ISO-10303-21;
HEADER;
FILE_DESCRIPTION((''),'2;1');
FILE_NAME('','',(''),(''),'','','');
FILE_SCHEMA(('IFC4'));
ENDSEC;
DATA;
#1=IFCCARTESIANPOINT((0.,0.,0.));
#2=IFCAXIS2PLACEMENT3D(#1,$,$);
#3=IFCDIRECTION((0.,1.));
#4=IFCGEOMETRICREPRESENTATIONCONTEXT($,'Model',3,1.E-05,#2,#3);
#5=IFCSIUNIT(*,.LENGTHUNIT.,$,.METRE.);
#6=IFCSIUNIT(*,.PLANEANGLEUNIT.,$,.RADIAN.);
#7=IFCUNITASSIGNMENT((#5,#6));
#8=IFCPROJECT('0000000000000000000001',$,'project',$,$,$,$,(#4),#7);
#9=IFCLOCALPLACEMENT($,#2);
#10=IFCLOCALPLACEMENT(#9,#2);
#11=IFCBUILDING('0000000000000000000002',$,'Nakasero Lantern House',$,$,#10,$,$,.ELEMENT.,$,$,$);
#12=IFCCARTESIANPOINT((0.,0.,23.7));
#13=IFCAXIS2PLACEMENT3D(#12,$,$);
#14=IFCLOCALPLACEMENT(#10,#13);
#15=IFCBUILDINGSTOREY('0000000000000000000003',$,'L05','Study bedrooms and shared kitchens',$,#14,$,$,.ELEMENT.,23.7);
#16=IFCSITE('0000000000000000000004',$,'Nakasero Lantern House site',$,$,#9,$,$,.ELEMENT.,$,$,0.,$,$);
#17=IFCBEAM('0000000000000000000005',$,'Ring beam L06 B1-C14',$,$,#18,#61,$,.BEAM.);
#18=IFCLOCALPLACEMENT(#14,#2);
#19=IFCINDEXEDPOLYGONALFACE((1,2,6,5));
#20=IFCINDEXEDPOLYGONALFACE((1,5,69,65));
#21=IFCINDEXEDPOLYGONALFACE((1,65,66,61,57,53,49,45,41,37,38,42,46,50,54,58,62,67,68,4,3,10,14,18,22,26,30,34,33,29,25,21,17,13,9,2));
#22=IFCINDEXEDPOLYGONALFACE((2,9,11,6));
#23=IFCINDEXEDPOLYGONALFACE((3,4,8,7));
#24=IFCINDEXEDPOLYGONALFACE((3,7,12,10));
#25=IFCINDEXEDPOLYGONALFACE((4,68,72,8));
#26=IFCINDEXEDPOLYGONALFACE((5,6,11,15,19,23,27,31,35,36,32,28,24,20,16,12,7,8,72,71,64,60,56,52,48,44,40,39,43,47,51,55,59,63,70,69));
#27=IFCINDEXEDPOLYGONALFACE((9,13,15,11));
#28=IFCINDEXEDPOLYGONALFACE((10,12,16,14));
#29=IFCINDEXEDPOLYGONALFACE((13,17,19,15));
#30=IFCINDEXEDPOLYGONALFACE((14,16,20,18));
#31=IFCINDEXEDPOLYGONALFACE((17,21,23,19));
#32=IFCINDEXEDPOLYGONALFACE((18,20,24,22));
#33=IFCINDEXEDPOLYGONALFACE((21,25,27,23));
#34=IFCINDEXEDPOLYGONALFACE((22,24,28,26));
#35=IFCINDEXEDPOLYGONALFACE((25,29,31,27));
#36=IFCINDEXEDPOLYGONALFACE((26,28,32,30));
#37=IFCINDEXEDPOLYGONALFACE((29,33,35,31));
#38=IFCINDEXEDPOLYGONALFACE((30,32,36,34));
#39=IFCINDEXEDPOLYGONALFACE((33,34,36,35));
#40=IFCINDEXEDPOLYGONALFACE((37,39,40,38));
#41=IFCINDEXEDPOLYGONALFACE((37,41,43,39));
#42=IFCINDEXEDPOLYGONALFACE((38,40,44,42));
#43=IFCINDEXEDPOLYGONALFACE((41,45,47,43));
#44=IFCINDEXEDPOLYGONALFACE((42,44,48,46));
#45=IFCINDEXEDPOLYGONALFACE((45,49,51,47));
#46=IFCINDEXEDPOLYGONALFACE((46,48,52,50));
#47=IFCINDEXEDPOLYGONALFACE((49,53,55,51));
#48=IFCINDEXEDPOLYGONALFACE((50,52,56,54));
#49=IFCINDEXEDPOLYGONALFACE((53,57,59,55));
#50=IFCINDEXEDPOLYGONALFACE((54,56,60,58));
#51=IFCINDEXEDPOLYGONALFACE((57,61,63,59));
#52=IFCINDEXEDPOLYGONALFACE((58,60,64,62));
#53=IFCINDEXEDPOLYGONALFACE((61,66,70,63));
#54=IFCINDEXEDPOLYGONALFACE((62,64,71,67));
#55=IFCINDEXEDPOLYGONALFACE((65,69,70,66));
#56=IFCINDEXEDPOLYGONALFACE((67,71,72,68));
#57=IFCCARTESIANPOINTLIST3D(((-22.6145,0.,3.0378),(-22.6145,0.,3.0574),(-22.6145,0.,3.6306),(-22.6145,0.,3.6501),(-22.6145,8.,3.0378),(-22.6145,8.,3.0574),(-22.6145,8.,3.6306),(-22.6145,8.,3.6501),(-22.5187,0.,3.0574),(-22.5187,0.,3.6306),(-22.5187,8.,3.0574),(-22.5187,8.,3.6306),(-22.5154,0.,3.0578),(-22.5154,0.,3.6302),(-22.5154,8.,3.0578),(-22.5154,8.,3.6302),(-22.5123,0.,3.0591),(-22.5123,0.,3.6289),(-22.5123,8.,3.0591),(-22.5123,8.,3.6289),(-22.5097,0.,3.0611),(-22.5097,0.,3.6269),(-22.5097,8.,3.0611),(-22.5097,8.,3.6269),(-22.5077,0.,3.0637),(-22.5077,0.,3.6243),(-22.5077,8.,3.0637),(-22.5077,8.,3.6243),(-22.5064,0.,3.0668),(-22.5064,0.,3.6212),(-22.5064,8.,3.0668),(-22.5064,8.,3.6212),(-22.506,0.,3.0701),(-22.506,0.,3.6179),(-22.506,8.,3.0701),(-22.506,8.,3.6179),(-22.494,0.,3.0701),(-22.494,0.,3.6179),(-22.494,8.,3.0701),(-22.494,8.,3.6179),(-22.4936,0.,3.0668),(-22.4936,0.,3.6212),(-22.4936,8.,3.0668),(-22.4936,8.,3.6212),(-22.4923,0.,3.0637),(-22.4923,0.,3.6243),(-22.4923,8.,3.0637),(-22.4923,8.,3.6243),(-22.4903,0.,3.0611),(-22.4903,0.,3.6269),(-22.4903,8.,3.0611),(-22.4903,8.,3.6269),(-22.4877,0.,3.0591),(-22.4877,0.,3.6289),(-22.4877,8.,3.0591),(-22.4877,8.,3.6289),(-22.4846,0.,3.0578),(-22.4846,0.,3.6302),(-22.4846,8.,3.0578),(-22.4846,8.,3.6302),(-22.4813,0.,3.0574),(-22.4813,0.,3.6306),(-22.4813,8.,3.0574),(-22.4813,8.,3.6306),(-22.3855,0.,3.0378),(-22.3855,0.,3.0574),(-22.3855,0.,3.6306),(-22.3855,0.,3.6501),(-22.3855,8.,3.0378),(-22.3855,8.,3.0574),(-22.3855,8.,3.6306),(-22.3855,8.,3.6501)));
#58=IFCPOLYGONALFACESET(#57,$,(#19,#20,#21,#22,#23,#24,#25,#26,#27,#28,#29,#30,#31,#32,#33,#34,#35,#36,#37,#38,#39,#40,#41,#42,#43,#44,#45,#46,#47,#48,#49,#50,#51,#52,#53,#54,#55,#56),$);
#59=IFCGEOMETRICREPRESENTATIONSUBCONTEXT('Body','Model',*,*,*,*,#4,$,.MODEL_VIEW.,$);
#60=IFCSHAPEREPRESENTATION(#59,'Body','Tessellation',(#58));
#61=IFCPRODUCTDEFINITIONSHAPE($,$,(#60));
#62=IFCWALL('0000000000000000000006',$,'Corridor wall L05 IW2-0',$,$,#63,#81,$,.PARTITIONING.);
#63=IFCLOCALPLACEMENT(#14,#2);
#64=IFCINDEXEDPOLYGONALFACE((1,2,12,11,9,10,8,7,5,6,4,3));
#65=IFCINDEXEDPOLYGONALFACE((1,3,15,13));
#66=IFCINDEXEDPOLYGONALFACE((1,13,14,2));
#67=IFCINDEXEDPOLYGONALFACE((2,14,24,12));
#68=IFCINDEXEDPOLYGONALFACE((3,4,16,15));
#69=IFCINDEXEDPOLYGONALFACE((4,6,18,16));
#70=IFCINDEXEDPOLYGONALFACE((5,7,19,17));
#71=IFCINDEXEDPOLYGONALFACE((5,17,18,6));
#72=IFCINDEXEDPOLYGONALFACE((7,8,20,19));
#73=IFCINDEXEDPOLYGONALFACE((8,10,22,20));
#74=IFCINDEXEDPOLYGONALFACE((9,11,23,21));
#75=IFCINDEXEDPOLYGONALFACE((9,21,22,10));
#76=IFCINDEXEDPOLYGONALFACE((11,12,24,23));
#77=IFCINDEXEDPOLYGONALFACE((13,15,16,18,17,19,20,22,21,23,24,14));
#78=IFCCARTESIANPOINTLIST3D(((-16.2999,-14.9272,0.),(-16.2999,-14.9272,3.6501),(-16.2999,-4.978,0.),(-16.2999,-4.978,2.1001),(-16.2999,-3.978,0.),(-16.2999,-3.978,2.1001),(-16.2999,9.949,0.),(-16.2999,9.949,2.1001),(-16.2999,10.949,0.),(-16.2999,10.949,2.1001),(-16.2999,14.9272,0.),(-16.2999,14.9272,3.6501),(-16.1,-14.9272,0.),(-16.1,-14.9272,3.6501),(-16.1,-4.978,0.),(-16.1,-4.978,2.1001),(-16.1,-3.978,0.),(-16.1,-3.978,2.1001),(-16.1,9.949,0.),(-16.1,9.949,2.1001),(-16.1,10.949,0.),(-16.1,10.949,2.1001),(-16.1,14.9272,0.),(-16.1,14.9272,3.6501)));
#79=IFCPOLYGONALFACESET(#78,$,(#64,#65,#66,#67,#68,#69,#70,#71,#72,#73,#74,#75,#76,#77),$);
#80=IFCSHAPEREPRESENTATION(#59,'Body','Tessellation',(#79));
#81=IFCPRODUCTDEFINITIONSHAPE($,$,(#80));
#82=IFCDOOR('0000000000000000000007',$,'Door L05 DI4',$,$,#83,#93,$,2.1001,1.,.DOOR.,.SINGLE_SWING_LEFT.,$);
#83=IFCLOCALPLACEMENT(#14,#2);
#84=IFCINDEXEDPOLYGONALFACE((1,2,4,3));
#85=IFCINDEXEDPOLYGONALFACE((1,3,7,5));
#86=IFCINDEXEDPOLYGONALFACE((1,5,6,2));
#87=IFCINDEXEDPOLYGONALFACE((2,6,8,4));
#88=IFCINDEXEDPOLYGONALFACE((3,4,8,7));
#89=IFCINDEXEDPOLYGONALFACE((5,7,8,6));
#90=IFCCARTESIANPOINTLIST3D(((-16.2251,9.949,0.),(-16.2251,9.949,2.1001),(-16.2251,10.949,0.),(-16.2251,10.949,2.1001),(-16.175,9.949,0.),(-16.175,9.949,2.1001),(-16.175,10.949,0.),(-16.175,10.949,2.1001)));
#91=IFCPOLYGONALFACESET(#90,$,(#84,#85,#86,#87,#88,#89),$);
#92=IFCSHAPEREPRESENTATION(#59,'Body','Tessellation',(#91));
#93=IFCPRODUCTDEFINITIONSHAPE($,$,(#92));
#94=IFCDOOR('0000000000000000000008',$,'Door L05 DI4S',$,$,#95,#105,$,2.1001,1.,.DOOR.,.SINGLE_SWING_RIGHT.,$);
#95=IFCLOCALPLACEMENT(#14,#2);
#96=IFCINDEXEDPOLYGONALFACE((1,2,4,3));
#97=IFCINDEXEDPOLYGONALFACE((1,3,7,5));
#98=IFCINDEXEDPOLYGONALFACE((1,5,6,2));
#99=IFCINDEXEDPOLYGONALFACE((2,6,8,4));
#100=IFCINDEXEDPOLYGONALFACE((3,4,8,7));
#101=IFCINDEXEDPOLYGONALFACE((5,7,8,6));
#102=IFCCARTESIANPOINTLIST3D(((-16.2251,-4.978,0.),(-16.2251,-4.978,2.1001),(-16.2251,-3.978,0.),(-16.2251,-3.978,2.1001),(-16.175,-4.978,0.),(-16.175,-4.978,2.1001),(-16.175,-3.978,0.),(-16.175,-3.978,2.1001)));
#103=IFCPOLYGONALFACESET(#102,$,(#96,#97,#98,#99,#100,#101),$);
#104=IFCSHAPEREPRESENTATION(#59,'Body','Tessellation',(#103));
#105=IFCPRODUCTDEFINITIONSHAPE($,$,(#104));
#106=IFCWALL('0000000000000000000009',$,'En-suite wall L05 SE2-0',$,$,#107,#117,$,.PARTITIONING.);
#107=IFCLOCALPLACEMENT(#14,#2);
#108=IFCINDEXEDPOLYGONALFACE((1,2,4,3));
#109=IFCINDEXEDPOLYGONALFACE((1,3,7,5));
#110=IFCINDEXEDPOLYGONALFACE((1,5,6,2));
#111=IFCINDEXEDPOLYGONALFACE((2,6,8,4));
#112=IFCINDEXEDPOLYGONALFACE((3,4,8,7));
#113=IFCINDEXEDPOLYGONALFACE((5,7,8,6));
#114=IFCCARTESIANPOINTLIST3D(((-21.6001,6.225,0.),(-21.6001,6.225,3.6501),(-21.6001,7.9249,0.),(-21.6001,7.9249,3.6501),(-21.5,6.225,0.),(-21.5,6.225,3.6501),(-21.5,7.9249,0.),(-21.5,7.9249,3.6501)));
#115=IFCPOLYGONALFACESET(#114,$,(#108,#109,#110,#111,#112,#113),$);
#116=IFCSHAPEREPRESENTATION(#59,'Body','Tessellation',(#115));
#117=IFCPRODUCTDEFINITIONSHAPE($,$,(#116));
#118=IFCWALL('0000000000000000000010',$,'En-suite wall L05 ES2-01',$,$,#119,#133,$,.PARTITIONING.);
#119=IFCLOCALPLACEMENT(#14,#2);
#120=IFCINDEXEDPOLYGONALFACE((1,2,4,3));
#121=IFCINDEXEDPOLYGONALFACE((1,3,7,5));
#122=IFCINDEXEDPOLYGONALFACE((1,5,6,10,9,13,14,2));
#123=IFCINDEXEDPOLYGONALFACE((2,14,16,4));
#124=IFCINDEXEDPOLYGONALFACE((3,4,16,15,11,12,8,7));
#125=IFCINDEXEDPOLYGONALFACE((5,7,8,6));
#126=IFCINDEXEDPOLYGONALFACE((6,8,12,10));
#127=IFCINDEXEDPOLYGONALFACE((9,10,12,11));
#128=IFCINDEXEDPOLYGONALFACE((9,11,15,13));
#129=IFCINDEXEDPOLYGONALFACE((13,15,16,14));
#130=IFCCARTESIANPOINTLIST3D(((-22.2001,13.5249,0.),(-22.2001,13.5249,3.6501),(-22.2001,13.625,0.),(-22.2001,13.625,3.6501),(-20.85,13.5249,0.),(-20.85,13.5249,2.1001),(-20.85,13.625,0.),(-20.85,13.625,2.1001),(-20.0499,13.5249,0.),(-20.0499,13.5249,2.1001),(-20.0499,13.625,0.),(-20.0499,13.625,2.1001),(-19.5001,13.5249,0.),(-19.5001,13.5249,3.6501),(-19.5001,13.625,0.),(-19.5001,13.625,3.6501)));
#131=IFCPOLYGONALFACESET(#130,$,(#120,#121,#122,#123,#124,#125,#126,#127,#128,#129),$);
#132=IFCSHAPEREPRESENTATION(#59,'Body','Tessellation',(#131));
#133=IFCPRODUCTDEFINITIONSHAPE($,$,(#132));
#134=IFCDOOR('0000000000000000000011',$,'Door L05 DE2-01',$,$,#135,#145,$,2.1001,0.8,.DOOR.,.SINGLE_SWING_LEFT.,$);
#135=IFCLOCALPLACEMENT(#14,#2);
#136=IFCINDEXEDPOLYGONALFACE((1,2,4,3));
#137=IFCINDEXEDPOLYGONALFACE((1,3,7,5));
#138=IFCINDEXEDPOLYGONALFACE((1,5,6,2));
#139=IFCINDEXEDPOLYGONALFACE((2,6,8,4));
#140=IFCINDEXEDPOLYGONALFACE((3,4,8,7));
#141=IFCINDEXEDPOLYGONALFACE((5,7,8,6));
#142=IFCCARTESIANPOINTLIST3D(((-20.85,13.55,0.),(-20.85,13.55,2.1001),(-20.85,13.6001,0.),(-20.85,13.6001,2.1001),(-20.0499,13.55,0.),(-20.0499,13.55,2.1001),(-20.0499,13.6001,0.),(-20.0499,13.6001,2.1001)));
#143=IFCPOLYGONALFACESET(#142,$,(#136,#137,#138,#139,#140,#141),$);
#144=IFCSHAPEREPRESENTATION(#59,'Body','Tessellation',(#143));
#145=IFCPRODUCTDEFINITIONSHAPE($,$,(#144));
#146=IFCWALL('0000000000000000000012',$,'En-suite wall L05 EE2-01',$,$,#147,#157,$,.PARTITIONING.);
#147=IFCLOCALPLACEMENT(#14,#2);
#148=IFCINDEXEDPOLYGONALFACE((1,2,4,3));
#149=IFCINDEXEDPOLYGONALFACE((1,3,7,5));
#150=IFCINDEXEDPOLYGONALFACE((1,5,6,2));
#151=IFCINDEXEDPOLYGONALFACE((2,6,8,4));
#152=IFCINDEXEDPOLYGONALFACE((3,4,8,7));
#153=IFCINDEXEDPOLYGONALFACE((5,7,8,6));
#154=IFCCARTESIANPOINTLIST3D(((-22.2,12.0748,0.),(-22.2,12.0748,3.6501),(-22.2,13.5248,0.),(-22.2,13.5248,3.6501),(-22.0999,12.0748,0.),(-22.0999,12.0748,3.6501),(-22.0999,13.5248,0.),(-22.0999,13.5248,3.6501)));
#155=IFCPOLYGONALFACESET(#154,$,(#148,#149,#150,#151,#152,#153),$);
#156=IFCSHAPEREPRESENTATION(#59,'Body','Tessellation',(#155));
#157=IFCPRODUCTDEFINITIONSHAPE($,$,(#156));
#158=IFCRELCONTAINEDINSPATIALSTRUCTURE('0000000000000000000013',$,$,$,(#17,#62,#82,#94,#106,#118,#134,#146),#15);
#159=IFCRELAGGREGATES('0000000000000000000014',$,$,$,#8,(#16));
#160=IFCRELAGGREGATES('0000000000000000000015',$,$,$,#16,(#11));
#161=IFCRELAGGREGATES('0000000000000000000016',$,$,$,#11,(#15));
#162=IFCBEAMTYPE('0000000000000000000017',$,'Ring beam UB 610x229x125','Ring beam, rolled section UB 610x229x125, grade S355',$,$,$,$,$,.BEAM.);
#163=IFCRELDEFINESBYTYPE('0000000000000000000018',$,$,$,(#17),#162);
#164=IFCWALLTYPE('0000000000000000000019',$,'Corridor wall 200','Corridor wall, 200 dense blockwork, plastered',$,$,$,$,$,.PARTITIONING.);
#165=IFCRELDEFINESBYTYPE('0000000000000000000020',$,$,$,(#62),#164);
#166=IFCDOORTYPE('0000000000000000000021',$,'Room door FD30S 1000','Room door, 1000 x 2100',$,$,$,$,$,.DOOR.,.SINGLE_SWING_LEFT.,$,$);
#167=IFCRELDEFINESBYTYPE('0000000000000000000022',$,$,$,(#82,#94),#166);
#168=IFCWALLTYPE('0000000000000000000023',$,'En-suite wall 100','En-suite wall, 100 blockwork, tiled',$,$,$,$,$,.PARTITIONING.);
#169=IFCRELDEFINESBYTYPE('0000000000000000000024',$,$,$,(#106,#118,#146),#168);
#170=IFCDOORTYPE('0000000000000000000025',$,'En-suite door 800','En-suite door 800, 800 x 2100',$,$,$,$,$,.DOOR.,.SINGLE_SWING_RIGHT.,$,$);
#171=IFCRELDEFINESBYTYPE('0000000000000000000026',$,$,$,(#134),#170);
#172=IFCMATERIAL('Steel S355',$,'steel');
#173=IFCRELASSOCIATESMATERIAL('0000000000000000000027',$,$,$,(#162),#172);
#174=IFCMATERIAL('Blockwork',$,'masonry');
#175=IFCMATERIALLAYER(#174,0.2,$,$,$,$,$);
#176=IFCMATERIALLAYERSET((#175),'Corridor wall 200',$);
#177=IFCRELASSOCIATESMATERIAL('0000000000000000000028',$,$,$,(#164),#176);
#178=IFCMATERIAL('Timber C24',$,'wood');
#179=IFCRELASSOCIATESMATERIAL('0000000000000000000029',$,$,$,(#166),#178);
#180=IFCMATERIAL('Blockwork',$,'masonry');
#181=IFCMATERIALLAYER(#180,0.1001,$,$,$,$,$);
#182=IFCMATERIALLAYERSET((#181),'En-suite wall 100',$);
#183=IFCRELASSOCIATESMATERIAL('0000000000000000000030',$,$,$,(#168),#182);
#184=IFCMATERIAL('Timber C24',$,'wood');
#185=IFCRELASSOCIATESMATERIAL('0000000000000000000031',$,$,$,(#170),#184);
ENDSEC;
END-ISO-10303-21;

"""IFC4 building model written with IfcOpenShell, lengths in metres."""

from ifc_helpers import new_model, si_unit, direction, frame, frame_2d, origin, origin_2d, place, context, subcontext, project, spatial, rectangle, i_section, extrude, material, layer, layer_set, material_profile, profile_set, type_object, element, fill, save


model = new_model("IFC4")

# Units and contexts
model_context = context("Model", 3, precision=1e-05, world=origin(), true_north=direction((0.0, 1.0)))
body_context = subcontext(model_context, "Body", "Model", "MODEL_VIEW")
ifc_project = project(units=[si_unit("LENGTHUNIT", "METRE"), si_unit("PLANEANGLEUNIT", "RADIAN")], contexts=[model_context])

# Site, building, storey
site_placement = place(None, origin())
site = spatial("IfcSite", under=ifc_project, at=site_placement, Name="Nakasero Lantern House site", CompositionType="ELEMENT", RefElevation=0.0)
building_placement = place(site_placement, origin())
building = spatial("IfcBuilding", under=site, at=building_placement, Name="Nakasero Lantern House", CompositionType="ELEMENT")
storey_placement = place(building_placement, frame((0.0, 0.0, 23.7)))
storey = spatial("IfcBuildingStorey", under=building, at=storey_placement, Name="L05", Description="Study bedrooms and shared kitchens", CompositionType="ELEMENT", Elevation=23.7)

# Beam
ifc_material_1 = material(Name="Steel S355", Category="steel")
ifc_material_profile_1 = material_profile(ifc_material_1, i_section(OverallWidth=0.229, OverallDepth=0.6123, WebThickness=0.012, FlangeThickness=0.0195, FilletRadius=0.0127, at=origin_2d()), Name="UB 610x229x125")
ifc_profile_set_1 = profile_set([ifc_material_profile_1], Name="Steel S355")
beam_type_1 = type_object("IfcBeamType", Name="Ring beam UB 610x229x125", Description="Ring beam, rolled section UB 610x229x125, grade S355", PredefinedType="BEAM", material=ifc_profile_set_1)
beam_1_placement = place(storey_placement, frame((-22.5, 8.0, 3.344), z_axis=(0.0, -1.0, 0.0), x_axis=(1.0, 0.0, 0.0)))
element("IfcBeam", 1, at=beam_1_placement, inside=storey, type_object=beam_type_1, Name="Ring beam L06 B1-C14", PredefinedType="BEAM", context=body_context, shape_type="SweptSolid", body=[
    extrude(i_section(OverallWidth=0.229, OverallDepth=0.6123, WebThickness=0.012, FlangeThickness=0.0195, FilletRadius=0.0127, at=origin_2d()), origin(), (0.0, 0.0, 1.0), 8.0),
])

# Wall, openings, doors
ifc_material_2 = material(Name="Blockwork", Category="masonry")
ifc_layer_1 = layer(ifc_material_2, 0.2)
ifc_layer_set_1 = layer_set([ifc_layer_1], Name="Corridor wall 200")
wall_type_1 = type_object("IfcWallType", Name="Corridor wall 200", Description="Corridor wall, 200 dense blockwork, plastered", PredefinedType="PARTITIONING", material=ifc_layer_set_1)
wall_1_placement = place(storey_placement, frame((-16.2, 14.9272, 0.0), z_axis=(0.0, 0.0, 1.0), x_axis=(0.0, -1.0, 0.0)))
wall_1 = element("IfcWall", 2, at=wall_1_placement, inside=storey, type_object=wall_type_1, Name="Corridor wall L05 IW2-0", PredefinedType="PARTITIONING", context=body_context, shape_type="SweptSolid", body=[
    extrude(rectangle(XDim=29.8545, YDim=0.2, at=frame_2d((14.9272, 0.0))), origin(), (0.0, 0.0, 1.0), 3.6501),
])
opening_1_placement = place(wall_1_placement, frame((3.9783, 0.0, 0.0)))
opening_1 = element("IfcOpeningElement", 3, at=opening_1_placement, cuts=wall_1, PredefinedType="OPENING", context=body_context, shape_type="SweptSolid", body=[
    extrude(rectangle(XDim=1.0, YDim=2.1001, at=frame_2d((0.5, 1.05))), frame((0.0, 0.1199, 0.0), z_axis=(0.0, -1.0, 0.0), x_axis=(1.0, 0.0, 0.0)), (0.0, 0.0, 1.0), 0.24),
])
opening_2_placement = place(wall_1_placement, frame((18.9053, 0.0, 0.0)))
opening_2 = element("IfcOpeningElement", 4, at=opening_2_placement, cuts=wall_1, PredefinedType="OPENING", context=body_context, shape_type="SweptSolid", body=[
    extrude(rectangle(XDim=1.0, YDim=2.1001, at=frame_2d((0.5, 1.05))), frame((0.0, 0.1199, 0.0), z_axis=(0.0, -1.0, 0.0), x_axis=(1.0, 0.0, 0.0)), (0.0, 0.0, 1.0), 0.24),
])
ifc_material_3 = material(Name="Timber C24", Category="wood")
door_type_1 = type_object("IfcDoorType", Name="Room door FD30S 1000", Description="Room door, 1000 x 2100", OperationType="SINGLE_SWING_LEFT", PredefinedType="DOOR", material=ifc_material_3)
door_1_placement = place(opening_1_placement, origin())
door_1 = element("IfcDoor", 5, at=door_1_placement, inside=storey, type_object=door_type_1, Name="Door L05 DI4", OperationType="SINGLE_SWING_LEFT", OverallHeight=2.1001, OverallWidth=1.0, PredefinedType="DOOR", context=body_context, shape_type="SweptSolid", body=[
    extrude(rectangle(XDim=1.0, YDim=2.1001, at=frame_2d((0.5, 1.05))), frame((0.0, 0.0249, 0.0), z_axis=(0.0, -1.0, 0.0), x_axis=(1.0, 0.0, 0.0)), (0.0, 0.0, 1.0), 0.05),
])
fill(opening_1, door_1)
door_2_placement = place(opening_2_placement, origin())
door_2 = element("IfcDoor", 6, at=door_2_placement, inside=storey, type_object=door_type_1, Name="Door L05 DI4S", OperationType="SINGLE_SWING_RIGHT", OverallHeight=2.1001, OverallWidth=1.0, PredefinedType="DOOR", context=body_context, shape_type="SweptSolid", body=[
    extrude(rectangle(XDim=1.0, YDim=2.1001, at=frame_2d((0.5, 1.05))), frame((0.0, 0.0249, 0.0), z_axis=(0.0, -1.0, 0.0), x_axis=(1.0, 0.0, 0.0)), (0.0, 0.0, 1.0), 0.05),
])
fill(opening_2, door_2)

# Wall
ifc_material_4 = material(Name="Blockwork", Category="masonry")
ifc_layer_2 = layer(ifc_material_4, 0.1001)
ifc_layer_set_2 = layer_set([ifc_layer_2], Name="En-suite wall 100")
wall_type_2 = type_object("IfcWallType", Name="En-suite wall 100", Description="En-suite wall, 100 blockwork, tiled", PredefinedType="PARTITIONING", material=ifc_layer_set_2)
wall_2_placement = place(storey_placement, frame((-21.55, 7.925, 0.0), z_axis=(0.0, 0.0, 1.0), x_axis=(0.0, -1.0, 0.0)))
element("IfcWall", 7, at=wall_2_placement, inside=storey, type_object=wall_type_2, Name="En-suite wall L05 SE2-0", PredefinedType="PARTITIONING", context=body_context, shape_type="SweptSolid", body=[
    extrude(rectangle(XDim=1.7, YDim=0.1001, at=frame_2d((0.8501, 0.0))), origin(), (0.0, 0.0, 1.0), 3.6501),
])

# Wall, opening, door
wall_3_placement = place(storey_placement, frame((-19.5, 13.575, 0.0), z_axis=(0.0, 0.0, 1.0), x_axis=(-1.0, 0.0, 0.0)))
wall_3 = element("IfcWall", 8, at=wall_3_placement, inside=storey, type_object=wall_type_2, Name="En-suite wall L05 ES2-01", PredefinedType="PARTITIONING", context=body_context, shape_type="SweptSolid", body=[
    extrude(rectangle(XDim=2.7, YDim=0.1001, at=frame_2d((1.3501, 0.0))), origin(), (0.0, 0.0, 1.0), 3.6501),
])
opening_3_placement = place(wall_3_placement, frame((0.55, 0.0, 0.0)))
opening_3 = element("IfcOpeningElement", 9, at=opening_3_placement, cuts=wall_3, PredefinedType="OPENING", context=body_context, shape_type="SweptSolid", body=[
    extrude(rectangle(XDim=0.8, YDim=2.1001, at=frame_2d((0.3999, 1.05))), frame((0.0, 0.0701, 0.0), z_axis=(0.0, -1.0, 0.0), x_axis=(1.0, 0.0, 0.0)), (0.0, 0.0, 1.0), 0.1401),
])
ifc_material_5 = material(Name="Timber C24", Category="wood")
door_type_2 = type_object("IfcDoorType", Name="En-suite door 800", Description="En-suite door 800, 800 x 2100", OperationType="SINGLE_SWING_RIGHT", PredefinedType="DOOR", material=ifc_material_5)
door_3_placement = place(opening_3_placement, origin())
door_3 = element("IfcDoor", 10, at=door_3_placement, inside=storey, type_object=door_type_2, Name="Door L05 DE2-01", OperationType="SINGLE_SWING_LEFT", OverallHeight=2.1001, OverallWidth=0.8, PredefinedType="DOOR", context=body_context, shape_type="SweptSolid", body=[
    extrude(rectangle(XDim=0.8, YDim=2.1001, at=frame_2d((0.3999, 1.05))), frame((0.0, 0.0249, 0.0), z_axis=(0.0, -1.0, 0.0), x_axis=(1.0, 0.0, 0.0)), (0.0, 0.0, 1.0), 0.05),
])
fill(opening_3, door_3)

# Wall
wall_4_placement = place(storey_placement, frame((-22.1499, 13.5249, 0.0), z_axis=(0.0, 0.0, 1.0), x_axis=(0.0, -1.0, 0.0)))
element("IfcWall", 11, at=wall_4_placement, inside=storey, type_object=wall_type_2, Name="En-suite wall L05 EE2-01", PredefinedType="PARTITIONING", context=body_context, shape_type="SweptSolid", body=[
    extrude(rectangle(XDim=1.45, YDim=0.1001, at=frame_2d((0.7251, 0.0))), origin(), (0.0, 0.0, 1.0), 3.6501),
])

save(model, "model.ifc")
